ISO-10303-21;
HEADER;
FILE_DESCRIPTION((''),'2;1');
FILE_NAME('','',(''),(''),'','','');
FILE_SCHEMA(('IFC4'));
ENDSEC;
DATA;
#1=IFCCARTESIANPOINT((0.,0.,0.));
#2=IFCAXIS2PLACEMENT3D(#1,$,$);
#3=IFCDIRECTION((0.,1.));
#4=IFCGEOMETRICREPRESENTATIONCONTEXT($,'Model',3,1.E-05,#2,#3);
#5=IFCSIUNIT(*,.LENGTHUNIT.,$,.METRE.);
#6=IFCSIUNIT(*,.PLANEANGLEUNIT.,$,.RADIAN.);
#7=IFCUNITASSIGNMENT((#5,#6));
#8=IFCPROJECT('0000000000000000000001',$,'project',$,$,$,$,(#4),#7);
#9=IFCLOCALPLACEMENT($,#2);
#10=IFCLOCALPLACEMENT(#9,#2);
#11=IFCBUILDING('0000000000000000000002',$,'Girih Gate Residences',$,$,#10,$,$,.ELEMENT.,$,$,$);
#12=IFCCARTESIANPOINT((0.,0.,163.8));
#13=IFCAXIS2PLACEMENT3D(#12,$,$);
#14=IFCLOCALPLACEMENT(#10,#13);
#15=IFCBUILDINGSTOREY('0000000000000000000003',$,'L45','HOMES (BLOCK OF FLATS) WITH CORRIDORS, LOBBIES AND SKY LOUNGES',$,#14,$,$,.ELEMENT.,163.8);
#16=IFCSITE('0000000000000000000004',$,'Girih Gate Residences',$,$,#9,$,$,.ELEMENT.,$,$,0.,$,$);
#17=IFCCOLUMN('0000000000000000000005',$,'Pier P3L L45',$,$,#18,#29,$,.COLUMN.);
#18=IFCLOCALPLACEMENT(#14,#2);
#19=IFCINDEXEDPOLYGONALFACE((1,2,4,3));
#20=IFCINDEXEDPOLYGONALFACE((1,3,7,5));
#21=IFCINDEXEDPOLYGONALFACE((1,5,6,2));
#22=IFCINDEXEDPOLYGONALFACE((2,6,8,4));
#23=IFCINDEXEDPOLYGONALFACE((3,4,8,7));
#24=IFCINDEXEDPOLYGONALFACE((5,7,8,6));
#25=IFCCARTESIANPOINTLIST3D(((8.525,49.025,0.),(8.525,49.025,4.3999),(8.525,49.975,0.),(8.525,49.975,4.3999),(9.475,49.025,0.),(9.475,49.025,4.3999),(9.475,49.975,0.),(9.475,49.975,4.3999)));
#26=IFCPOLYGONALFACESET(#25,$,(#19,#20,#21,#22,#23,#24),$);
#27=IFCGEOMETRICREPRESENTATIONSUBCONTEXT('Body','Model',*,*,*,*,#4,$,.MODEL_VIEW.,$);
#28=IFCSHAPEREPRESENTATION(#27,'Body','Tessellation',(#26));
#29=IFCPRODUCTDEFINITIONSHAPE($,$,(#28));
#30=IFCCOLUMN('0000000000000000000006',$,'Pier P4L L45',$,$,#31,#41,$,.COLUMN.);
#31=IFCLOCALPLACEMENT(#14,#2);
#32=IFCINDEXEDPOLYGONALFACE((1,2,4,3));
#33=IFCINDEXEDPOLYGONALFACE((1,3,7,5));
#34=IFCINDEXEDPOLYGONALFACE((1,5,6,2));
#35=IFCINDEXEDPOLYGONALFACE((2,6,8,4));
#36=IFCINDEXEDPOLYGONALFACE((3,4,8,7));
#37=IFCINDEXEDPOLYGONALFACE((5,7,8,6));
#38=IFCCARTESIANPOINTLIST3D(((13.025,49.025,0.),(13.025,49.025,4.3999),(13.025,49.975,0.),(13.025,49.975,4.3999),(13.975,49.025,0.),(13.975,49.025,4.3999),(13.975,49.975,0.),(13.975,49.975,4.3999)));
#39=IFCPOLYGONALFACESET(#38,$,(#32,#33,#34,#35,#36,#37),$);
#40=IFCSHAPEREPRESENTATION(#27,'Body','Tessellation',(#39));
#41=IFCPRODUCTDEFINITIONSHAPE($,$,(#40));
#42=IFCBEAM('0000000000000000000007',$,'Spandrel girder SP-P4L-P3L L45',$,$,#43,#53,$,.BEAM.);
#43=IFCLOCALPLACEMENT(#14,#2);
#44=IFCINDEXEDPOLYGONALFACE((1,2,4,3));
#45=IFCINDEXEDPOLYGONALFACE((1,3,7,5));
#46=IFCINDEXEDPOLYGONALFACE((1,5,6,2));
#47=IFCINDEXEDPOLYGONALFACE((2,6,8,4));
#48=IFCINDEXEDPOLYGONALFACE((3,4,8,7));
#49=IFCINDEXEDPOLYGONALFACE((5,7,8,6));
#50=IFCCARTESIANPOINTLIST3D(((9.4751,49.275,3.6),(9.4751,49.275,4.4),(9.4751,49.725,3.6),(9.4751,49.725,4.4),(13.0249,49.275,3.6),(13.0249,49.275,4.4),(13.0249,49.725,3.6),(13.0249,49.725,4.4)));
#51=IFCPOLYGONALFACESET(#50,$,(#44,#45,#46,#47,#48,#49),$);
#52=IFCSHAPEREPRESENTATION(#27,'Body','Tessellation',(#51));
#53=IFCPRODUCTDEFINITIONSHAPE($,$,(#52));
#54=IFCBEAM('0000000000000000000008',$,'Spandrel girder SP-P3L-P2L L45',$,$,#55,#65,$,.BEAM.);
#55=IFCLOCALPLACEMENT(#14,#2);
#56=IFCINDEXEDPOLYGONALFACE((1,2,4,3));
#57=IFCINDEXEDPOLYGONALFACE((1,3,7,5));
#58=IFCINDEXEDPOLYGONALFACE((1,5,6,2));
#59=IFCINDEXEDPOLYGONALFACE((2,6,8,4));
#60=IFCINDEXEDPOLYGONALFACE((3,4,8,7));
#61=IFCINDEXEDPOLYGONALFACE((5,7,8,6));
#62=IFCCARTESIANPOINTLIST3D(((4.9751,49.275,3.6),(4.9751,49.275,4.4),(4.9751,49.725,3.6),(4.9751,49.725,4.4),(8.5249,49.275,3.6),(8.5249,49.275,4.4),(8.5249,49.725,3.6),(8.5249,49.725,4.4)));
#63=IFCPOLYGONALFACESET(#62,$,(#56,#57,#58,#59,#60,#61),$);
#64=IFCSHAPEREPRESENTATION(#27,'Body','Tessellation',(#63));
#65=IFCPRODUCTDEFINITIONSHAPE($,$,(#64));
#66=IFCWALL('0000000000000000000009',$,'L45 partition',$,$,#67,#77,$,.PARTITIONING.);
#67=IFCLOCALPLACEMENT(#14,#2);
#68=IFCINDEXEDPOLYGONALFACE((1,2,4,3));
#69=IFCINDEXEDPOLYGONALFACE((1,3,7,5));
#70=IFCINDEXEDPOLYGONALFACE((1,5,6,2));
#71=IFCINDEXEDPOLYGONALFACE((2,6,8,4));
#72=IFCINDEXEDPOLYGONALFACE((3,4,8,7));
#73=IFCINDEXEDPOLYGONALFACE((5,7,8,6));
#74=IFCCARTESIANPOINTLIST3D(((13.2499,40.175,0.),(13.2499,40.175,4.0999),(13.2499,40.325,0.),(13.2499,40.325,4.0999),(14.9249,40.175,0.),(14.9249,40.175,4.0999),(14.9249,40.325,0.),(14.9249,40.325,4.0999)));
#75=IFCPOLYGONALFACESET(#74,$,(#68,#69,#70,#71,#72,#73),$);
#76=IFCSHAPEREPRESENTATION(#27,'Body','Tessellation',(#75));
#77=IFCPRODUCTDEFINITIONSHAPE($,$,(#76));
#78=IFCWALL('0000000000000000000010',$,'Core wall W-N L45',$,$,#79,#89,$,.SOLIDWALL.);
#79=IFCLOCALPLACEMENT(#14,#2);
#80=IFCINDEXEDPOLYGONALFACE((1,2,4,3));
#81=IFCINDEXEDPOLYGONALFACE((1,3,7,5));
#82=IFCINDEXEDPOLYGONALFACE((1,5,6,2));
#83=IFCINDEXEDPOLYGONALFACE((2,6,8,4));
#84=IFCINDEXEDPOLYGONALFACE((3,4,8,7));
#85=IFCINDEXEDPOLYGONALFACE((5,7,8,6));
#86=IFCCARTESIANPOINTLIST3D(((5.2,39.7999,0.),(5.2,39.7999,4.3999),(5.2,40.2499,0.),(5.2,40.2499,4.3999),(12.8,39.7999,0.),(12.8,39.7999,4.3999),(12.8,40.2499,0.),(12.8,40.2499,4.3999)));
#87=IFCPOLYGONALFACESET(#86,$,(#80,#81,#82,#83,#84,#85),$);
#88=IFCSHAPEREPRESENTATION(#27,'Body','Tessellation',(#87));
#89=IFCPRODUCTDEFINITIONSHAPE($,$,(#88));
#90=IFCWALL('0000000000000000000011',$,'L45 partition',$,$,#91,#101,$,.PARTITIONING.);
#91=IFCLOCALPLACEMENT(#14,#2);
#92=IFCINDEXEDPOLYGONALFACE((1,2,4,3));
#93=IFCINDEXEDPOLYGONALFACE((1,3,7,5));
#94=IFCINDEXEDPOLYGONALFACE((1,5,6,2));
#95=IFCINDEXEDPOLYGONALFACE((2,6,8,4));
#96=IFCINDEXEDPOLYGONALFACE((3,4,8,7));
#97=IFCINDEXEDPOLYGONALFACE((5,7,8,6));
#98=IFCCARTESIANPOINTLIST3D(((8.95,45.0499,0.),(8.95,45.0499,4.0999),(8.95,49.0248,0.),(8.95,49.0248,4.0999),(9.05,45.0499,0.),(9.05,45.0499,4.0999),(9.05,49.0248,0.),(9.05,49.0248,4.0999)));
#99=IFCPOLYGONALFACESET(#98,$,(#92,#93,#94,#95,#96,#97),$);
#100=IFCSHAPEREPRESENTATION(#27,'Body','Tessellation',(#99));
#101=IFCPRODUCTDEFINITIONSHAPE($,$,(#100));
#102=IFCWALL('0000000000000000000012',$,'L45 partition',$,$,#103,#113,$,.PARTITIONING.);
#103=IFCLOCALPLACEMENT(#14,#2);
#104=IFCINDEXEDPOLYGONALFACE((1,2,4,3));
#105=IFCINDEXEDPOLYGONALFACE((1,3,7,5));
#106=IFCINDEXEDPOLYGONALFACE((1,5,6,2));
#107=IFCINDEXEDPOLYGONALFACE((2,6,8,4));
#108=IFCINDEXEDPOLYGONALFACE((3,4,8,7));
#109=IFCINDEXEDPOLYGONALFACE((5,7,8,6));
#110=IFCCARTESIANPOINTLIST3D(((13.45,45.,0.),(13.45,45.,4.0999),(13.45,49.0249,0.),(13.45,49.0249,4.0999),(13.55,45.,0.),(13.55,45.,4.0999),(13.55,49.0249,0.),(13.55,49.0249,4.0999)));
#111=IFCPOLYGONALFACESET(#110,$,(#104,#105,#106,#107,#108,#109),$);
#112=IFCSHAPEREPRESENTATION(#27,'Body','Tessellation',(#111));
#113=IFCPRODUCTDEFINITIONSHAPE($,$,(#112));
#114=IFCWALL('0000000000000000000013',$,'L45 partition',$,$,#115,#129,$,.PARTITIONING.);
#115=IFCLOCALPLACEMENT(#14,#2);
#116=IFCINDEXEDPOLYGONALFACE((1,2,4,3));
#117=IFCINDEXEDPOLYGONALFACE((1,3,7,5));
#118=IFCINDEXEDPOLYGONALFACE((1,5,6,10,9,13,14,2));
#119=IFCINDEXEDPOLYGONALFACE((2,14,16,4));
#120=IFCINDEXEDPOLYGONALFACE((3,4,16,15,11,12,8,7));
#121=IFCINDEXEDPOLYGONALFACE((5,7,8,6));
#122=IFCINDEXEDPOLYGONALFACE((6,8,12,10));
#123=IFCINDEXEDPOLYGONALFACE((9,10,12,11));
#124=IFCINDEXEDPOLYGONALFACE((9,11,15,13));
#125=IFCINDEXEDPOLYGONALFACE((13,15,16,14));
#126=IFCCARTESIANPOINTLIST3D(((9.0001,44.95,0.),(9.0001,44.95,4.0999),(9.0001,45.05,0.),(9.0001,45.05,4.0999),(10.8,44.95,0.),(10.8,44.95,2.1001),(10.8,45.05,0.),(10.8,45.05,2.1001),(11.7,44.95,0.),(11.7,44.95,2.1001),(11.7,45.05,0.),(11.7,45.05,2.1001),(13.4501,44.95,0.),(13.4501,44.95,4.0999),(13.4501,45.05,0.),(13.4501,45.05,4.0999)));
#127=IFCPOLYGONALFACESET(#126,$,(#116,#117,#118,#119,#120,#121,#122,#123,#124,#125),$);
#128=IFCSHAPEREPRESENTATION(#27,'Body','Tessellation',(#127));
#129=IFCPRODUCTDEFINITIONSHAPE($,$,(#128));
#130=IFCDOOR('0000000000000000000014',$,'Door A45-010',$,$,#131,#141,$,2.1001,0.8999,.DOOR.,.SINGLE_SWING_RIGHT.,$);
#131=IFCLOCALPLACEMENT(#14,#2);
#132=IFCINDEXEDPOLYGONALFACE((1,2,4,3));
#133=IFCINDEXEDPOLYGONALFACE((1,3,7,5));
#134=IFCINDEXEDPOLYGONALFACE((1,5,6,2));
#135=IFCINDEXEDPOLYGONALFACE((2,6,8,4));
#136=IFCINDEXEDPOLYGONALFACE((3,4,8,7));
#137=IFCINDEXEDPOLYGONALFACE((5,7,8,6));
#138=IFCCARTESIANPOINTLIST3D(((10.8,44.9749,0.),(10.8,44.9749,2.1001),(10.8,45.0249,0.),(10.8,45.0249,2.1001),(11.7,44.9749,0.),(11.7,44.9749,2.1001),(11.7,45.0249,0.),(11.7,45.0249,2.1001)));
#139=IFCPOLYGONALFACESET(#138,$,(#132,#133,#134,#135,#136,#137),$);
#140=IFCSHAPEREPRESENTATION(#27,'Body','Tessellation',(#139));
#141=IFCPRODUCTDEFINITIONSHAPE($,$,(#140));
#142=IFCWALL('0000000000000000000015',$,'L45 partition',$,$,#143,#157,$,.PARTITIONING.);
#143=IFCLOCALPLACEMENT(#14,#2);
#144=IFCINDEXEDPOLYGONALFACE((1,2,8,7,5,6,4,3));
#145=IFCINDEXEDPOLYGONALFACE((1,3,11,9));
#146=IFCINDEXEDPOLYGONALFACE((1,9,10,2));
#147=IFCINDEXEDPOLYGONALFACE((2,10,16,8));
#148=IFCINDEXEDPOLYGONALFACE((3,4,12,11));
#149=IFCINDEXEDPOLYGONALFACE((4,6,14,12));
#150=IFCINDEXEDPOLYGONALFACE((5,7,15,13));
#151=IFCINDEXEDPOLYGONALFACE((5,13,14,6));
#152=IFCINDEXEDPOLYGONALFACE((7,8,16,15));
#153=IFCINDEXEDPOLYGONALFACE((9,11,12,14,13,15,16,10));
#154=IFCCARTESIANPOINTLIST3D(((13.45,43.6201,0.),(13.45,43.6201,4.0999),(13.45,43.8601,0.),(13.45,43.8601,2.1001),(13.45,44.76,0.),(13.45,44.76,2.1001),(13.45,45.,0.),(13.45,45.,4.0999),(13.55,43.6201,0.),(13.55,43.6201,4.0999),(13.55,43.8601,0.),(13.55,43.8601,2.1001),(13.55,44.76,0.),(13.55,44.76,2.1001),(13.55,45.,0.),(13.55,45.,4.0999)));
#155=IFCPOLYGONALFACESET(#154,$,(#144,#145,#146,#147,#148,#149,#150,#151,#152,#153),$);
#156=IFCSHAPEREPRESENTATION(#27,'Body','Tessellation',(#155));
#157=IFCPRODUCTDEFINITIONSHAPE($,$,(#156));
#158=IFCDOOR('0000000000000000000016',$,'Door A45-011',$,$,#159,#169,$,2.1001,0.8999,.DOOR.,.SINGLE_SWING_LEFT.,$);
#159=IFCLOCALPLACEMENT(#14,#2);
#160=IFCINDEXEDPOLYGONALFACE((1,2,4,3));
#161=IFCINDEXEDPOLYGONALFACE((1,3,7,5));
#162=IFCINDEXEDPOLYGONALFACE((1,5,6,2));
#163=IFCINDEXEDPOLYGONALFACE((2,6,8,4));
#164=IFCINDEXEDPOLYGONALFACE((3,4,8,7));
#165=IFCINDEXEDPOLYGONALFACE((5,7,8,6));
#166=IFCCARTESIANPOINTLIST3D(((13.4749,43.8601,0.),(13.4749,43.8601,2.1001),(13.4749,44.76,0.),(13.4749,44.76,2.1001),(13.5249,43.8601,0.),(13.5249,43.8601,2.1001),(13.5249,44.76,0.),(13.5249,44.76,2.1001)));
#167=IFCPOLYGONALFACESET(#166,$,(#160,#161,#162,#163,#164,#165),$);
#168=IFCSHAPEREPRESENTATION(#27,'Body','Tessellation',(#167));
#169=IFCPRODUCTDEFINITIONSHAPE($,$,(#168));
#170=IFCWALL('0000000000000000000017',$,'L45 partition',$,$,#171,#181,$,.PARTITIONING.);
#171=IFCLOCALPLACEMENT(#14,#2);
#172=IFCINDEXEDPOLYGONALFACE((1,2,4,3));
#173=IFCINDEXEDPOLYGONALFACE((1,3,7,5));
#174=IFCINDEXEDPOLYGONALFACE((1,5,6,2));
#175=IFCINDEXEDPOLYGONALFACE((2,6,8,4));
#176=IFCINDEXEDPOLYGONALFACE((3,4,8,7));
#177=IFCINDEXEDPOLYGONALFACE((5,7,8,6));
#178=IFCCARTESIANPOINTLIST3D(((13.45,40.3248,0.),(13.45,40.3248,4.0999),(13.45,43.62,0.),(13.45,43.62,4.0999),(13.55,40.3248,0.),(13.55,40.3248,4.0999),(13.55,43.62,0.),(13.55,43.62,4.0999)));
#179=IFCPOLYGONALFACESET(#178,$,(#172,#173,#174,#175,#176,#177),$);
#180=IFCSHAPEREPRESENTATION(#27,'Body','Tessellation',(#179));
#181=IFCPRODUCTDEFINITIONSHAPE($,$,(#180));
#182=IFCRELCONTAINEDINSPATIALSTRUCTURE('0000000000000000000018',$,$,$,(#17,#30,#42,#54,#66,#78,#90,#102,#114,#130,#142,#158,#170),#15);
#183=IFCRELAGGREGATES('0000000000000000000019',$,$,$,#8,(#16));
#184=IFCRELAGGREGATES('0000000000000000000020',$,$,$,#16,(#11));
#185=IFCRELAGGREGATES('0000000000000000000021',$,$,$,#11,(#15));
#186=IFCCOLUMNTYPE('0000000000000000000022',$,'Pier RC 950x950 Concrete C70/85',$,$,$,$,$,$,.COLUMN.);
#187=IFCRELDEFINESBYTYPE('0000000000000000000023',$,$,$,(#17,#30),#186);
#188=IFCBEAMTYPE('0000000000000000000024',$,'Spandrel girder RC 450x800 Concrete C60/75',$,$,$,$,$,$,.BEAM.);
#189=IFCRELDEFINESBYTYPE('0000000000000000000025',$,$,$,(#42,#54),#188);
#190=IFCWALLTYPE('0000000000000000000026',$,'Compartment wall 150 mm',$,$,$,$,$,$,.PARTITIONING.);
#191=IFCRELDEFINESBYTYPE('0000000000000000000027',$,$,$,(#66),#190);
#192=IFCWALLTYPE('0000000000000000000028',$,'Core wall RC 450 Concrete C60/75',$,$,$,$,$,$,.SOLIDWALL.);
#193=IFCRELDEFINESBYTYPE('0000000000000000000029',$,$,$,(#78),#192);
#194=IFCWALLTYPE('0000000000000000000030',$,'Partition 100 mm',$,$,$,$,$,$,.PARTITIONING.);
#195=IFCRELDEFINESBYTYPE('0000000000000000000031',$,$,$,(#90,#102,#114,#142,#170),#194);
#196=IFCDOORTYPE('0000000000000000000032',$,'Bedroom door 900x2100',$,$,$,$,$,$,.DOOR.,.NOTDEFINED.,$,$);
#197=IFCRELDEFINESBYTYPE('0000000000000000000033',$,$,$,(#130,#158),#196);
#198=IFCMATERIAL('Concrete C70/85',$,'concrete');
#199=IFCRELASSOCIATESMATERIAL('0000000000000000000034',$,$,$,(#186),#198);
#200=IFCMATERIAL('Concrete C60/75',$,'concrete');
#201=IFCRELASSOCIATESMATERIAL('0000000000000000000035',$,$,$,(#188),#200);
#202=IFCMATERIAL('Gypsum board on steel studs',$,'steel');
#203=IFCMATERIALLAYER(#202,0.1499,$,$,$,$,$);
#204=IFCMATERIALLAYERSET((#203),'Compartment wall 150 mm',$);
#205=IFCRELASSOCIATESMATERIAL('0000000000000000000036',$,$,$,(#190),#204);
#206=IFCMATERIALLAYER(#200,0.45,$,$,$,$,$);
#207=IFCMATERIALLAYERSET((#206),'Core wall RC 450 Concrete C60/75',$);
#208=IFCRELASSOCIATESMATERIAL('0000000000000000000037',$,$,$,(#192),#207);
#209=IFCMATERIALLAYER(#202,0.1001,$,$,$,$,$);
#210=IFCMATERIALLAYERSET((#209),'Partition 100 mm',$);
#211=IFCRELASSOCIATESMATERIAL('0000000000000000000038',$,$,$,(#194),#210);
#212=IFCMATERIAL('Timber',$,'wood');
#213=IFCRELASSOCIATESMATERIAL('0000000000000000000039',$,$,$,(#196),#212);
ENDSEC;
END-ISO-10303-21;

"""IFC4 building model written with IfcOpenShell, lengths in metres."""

from ifc_helpers import new_model, si_unit, direction, frame, frame_2d, origin, origin_2d, place, context, subcontext, project, spatial, rectangle, extrude, material, layer, layer_set, material_profile, profile_set, type_object, element, fill, save


model = new_model("IFC4")

# Units and contexts
model_context = context("Model", 3, precision=1e-05, world=origin(), true_north=direction((0.0, 1.0)))
body_context = subcontext(model_context, "Body", "Model", "MODEL_VIEW")
ifc_project = project(units=[si_unit("LENGTHUNIT", "METRE"), si_unit("PLANEANGLEUNIT", "RADIAN")], contexts=[model_context])

# Site, building, storey
site_placement = place(None, origin())
site = spatial("IfcSite", under=ifc_project, at=site_placement, Name="Girih Gate Residences", CompositionType="ELEMENT", RefElevation=0.0)
building_placement = place(site_placement, origin())
building = spatial("IfcBuilding", under=site, at=building_placement, Name="Girih Gate Residences", CompositionType="ELEMENT")
storey_placement = place(building_placement, frame((0.0, 0.0, 163.8)))
storey = spatial("IfcBuildingStorey", under=building, at=storey_placement, Name="L45", Description="HOMES (BLOCK OF FLATS) WITH CORRIDORS, LOBBIES AND SKY LOUNGES", CompositionType="ELEMENT", Elevation=163.8)

# Columns
ifc_material_1 = material(Name="Concrete C70/85", Category="concrete")
ifc_material_profile_1 = material_profile(ifc_material_1, rectangle(XDim=0.95, YDim=0.95, at=origin_2d()))
ifc_profile_set_1 = profile_set([ifc_material_profile_1], Name="Concrete C70/85")
column_type = type_object("IfcColumnType", Name="Pier RC 950x950 Concrete C70/85", PredefinedType="COLUMN", material=ifc_profile_set_1)
for number, where, z_axis, x_axis, name in (
    (1, (9.0, 49.5, 0.0), (0.0, 0.0, 1.0), (1.0, 0.0, 0.0), "Pier P3L L45"),
    (2, (13.5, 49.5, 0.0), (0.0, 0.0, 1.0), (1.0, 0.0, 0.0), "Pier P4L L45"),
):
    element("IfcColumn", number, at=place(storey_placement, frame(where, z_axis=z_axis, x_axis=x_axis)), inside=storey, type_object=column_type, Name=name, PredefinedType="COLUMN", context=body_context, shape_type="SweptSolid", body=[
        extrude(rectangle(XDim=0.95, YDim=0.95, at=origin_2d()), origin(), (0.0, 0.0, 1.0), 4.3999),
    ])

# Beams
ifc_material_2 = material(Name="Concrete C60/75", Category="concrete")
ifc_material_profile_2 = material_profile(ifc_material_2, rectangle(XDim=0.45, YDim=0.8, at=origin_2d()))
ifc_profile_set_2 = profile_set([ifc_material_profile_2], Name="Concrete C60/75")
beam_type = type_object("IfcBeamType", Name="Spandrel girder RC 450x800 Concrete C60/75", PredefinedType="BEAM", material=ifc_profile_set_2)
for number, where, z_axis, x_axis, name in (
    (3, (13.0249, 49.5, 4.0), (-1.0, 0.0, 0.0), (0.0, -1.0, 0.0), "Spandrel girder SP-P4L-P3L L45"),
    (4, (8.5249, 49.5, 4.0), (-1.0, 0.0, 0.0), (0.0, -1.0, 0.0), "Spandrel girder SP-P3L-P2L L45"),
):
    element("IfcBeam", number, at=place(storey_placement, frame(where, z_axis=z_axis, x_axis=x_axis)), inside=storey, type_object=beam_type, Name=name, PredefinedType="BEAM", context=body_context, shape_type="SweptSolid", body=[
        extrude(rectangle(XDim=0.45, YDim=0.8, at=origin_2d()), origin(), (0.0, 0.0, 1.0), 3.5498),
    ])

# Walls
ifc_material_3 = material(Name="Gypsum board on steel studs", Category="steel")
ifc_layer_1 = layer(ifc_material_3, 0.1499)
ifc_layer_set_1 = layer_set([ifc_layer_1], Name="Compartment wall 150 mm")
wall_type_1 = type_object("IfcWallType", Name="Compartment wall 150 mm", PredefinedType="PARTITIONING", material=ifc_layer_set_1)
wall_1_placement = place(storey_placement, frame((13.25, 40.25, 0.0), z_axis=(0.0, 0.0, 1.0), x_axis=(1.0, 0.0, 0.0)))
element("IfcWall", 5, at=wall_1_placement, inside=storey, type_object=wall_type_1, Name="L45 partition", PredefinedType="PARTITIONING", context=body_context, shape_type="SweptSolid", body=[
    extrude(rectangle(XDim=1.675, YDim=0.1499, at=frame_2d((0.8374, 0.0))), origin(), (0.0, 0.0, 1.0), 4.0999),
])
ifc_layer_2 = layer(ifc_material_2, 0.45)
ifc_layer_set_2 = layer_set([ifc_layer_2], Name="Core wall RC 450 Concrete C60/75")
wall_type_2 = type_object("IfcWallType", Name="Core wall RC 450 Concrete C60/75", PredefinedType="SOLIDWALL", material=ifc_layer_set_2)
wall_2_placement = place(storey_placement, frame((5.2, 40.0249, 0.0), z_axis=(0.0, 0.0, 1.0), x_axis=(1.0, 0.0, 0.0)))
element("IfcWall", 6, at=wall_2_placement, inside=storey, type_object=wall_type_2, Name="Core wall W-N L45", PredefinedType="SOLIDWALL", context=body_context, shape_type="SweptSolid", body=[
    extrude(rectangle(XDim=7.6001, YDim=0.45, at=frame_2d((3.8, 0.0))), origin(), (0.0, 0.0, 1.0), 4.3999),
])
ifc_layer_3 = layer(ifc_material_3, 0.1001)
ifc_layer_set_3 = layer_set([ifc_layer_3], Name="Partition 100 mm")
wall_type_3 = type_object("IfcWallType", Name="Partition 100 mm", PredefinedType="PARTITIONING", material=ifc_layer_set_3)
wall_3_placement = place(storey_placement, frame((9.0, 45.05, 0.0), z_axis=(0.0, 0.0, 1.0), x_axis=(0.0, 1.0, 0.0)))
element("IfcWall", 7, at=wall_3_placement, inside=storey, type_object=wall_type_3, Name="L45 partition", PredefinedType="PARTITIONING", context=body_context, shape_type="SweptSolid", body=[
    extrude(rectangle(XDim=3.9749, YDim=0.1001, at=frame_2d((1.9873, 0.0))), origin(), (0.0, 0.0, 1.0), 4.0999),
])
wall_4_placement = place(storey_placement, frame((13.5, 45.0, 0.0), z_axis=(0.0, 0.0, 1.0), x_axis=(0.0, 1.0, 0.0)))
element("IfcWall", 8, at=wall_4_placement, inside=storey, type_object=wall_type_3, Name="L45 partition", PredefinedType="PARTITIONING", context=body_context, shape_type="SweptSolid", body=[
    extrude(rectangle(XDim=4.0249, YDim=0.1001, at=frame_2d((2.0125, 0.0))), origin(), (0.0, 0.0, 1.0), 4.0999),
])

# Walls, openings, doors
wall_5_placement = place(storey_placement, frame((9.0, 45.0, 0.0), z_axis=(0.0, 0.0, 1.0), x_axis=(1.0, 0.0, 0.0)))
wall_5 = element("IfcWall", 9, at=wall_5_placement, inside=storey, type_object=wall_type_3, Name="L45 partition", PredefinedType="PARTITIONING", context=body_context, shape_type="SweptSolid", body=[
    extrude(rectangle(XDim=4.45, YDim=0.1001, at=frame_2d((2.2251, 0.0))), origin(), (0.0, 0.0, 1.0), 4.0999),
])
opening_1_placement = place(wall_5_placement, frame((1.8, 0.0, 0.0)))
opening_1 = element("IfcOpeningElement", 10, at=opening_1_placement, cuts=wall_5, PredefinedType="OPENING", context=body_context, shape_type="SweptSolid", body=[
    extrude(rectangle(XDim=0.8999, YDim=2.1001, at=frame_2d((0.45, 1.05))), frame((0.0, 0.0601, 0.0), z_axis=(0.0, -1.0, 0.0), x_axis=(1.0, 0.0, 0.0)), (0.0, 0.0, 1.0), 0.1201),
])
ifc_material_4 = material(Name="Timber", Category="wood")
door_type_1 = type_object("IfcDoorType", Name="Bedroom door 900x2100", OperationType="NOTDEFINED", PredefinedType="DOOR", material=ifc_material_4)
door_1_placement = place(opening_1_placement, origin())
door_1 = element("IfcDoor", 11, at=door_1_placement, inside=storey, type_object=door_type_1, Name="Door A45-010", OperationType="SINGLE_SWING_RIGHT", OverallHeight=2.1001, OverallWidth=0.8999, PredefinedType="DOOR", context=body_context, shape_type="SweptSolid", body=[
    extrude(rectangle(XDim=0.8999, YDim=2.1001, at=frame_2d((0.45, 1.05))), frame((0.0, 0.0249, 0.0), z_axis=(0.0, -1.0, 0.0), x_axis=(1.0, 0.0, 0.0)), (0.0, 0.0, 1.0), 0.05),
])
fill(opening_1, door_1)
wall_6_placement = place(storey_placement, frame((13.5, 45.0, 0.0), z_axis=(0.0, 0.0, 1.0), x_axis=(0.0, -1.0, 0.0)))
wall_6 = element("IfcWall", 12, at=wall_6_placement, inside=storey, type_object=wall_type_3, Name="L45 partition", PredefinedType="PARTITIONING", context=body_context, shape_type="SweptSolid", body=[
    extrude(rectangle(XDim=1.3799, YDim=0.1001, at=frame_2d((0.6899, 0.0))), origin(), (0.0, 0.0, 1.0), 4.0999),
])
opening_2_placement = place(wall_6_placement, frame((0.24, 0.0, 0.0)))
opening_2 = element("IfcOpeningElement", 13, at=opening_2_placement, cuts=wall_6, PredefinedType="OPENING", context=body_context, shape_type="SweptSolid", body=[
    extrude(rectangle(XDim=0.8999, YDim=2.1001, at=frame_2d((0.45, 1.05))), frame((0.0, 0.0601, 0.0), z_axis=(0.0, -1.0, 0.0), x_axis=(1.0, 0.0, 0.0)), (0.0, 0.0, 1.0), 0.1201),
])
door_2_placement = place(opening_2_placement, origin())
door_2 = element("IfcDoor", 14, at=door_2_placement, inside=storey, type_object=door_type_1, Name="Door A45-011", OperationType="SINGLE_SWING_LEFT", OverallHeight=2.1001, OverallWidth=0.8999, PredefinedType="DOOR", context=body_context, shape_type="SweptSolid", body=[
    extrude(rectangle(XDim=0.8999, YDim=2.1001, at=frame_2d((0.45, 1.05))), frame((0.0, 0.0249, 0.0), z_axis=(0.0, -1.0, 0.0), x_axis=(1.0, 0.0, 0.0)), (0.0, 0.0, 1.0), 0.05),
])
fill(opening_2, door_2)

# Wall
wall_7_placement = place(storey_placement, frame((13.5, 40.325, 0.0), z_axis=(0.0, 0.0, 1.0), x_axis=(0.0, 1.0, 0.0)))
element("IfcWall", 15, at=wall_7_placement, inside=storey, type_object=wall_type_3, Name="L45 partition", PredefinedType="PARTITIONING", context=body_context, shape_type="SweptSolid", body=[
    extrude(rectangle(XDim=3.2952, YDim=0.1001, at=frame_2d((1.6475, 0.0))), origin(), (0.0, 0.0, 1.0), 4.0999),
])

save(model, "model.ifc")
